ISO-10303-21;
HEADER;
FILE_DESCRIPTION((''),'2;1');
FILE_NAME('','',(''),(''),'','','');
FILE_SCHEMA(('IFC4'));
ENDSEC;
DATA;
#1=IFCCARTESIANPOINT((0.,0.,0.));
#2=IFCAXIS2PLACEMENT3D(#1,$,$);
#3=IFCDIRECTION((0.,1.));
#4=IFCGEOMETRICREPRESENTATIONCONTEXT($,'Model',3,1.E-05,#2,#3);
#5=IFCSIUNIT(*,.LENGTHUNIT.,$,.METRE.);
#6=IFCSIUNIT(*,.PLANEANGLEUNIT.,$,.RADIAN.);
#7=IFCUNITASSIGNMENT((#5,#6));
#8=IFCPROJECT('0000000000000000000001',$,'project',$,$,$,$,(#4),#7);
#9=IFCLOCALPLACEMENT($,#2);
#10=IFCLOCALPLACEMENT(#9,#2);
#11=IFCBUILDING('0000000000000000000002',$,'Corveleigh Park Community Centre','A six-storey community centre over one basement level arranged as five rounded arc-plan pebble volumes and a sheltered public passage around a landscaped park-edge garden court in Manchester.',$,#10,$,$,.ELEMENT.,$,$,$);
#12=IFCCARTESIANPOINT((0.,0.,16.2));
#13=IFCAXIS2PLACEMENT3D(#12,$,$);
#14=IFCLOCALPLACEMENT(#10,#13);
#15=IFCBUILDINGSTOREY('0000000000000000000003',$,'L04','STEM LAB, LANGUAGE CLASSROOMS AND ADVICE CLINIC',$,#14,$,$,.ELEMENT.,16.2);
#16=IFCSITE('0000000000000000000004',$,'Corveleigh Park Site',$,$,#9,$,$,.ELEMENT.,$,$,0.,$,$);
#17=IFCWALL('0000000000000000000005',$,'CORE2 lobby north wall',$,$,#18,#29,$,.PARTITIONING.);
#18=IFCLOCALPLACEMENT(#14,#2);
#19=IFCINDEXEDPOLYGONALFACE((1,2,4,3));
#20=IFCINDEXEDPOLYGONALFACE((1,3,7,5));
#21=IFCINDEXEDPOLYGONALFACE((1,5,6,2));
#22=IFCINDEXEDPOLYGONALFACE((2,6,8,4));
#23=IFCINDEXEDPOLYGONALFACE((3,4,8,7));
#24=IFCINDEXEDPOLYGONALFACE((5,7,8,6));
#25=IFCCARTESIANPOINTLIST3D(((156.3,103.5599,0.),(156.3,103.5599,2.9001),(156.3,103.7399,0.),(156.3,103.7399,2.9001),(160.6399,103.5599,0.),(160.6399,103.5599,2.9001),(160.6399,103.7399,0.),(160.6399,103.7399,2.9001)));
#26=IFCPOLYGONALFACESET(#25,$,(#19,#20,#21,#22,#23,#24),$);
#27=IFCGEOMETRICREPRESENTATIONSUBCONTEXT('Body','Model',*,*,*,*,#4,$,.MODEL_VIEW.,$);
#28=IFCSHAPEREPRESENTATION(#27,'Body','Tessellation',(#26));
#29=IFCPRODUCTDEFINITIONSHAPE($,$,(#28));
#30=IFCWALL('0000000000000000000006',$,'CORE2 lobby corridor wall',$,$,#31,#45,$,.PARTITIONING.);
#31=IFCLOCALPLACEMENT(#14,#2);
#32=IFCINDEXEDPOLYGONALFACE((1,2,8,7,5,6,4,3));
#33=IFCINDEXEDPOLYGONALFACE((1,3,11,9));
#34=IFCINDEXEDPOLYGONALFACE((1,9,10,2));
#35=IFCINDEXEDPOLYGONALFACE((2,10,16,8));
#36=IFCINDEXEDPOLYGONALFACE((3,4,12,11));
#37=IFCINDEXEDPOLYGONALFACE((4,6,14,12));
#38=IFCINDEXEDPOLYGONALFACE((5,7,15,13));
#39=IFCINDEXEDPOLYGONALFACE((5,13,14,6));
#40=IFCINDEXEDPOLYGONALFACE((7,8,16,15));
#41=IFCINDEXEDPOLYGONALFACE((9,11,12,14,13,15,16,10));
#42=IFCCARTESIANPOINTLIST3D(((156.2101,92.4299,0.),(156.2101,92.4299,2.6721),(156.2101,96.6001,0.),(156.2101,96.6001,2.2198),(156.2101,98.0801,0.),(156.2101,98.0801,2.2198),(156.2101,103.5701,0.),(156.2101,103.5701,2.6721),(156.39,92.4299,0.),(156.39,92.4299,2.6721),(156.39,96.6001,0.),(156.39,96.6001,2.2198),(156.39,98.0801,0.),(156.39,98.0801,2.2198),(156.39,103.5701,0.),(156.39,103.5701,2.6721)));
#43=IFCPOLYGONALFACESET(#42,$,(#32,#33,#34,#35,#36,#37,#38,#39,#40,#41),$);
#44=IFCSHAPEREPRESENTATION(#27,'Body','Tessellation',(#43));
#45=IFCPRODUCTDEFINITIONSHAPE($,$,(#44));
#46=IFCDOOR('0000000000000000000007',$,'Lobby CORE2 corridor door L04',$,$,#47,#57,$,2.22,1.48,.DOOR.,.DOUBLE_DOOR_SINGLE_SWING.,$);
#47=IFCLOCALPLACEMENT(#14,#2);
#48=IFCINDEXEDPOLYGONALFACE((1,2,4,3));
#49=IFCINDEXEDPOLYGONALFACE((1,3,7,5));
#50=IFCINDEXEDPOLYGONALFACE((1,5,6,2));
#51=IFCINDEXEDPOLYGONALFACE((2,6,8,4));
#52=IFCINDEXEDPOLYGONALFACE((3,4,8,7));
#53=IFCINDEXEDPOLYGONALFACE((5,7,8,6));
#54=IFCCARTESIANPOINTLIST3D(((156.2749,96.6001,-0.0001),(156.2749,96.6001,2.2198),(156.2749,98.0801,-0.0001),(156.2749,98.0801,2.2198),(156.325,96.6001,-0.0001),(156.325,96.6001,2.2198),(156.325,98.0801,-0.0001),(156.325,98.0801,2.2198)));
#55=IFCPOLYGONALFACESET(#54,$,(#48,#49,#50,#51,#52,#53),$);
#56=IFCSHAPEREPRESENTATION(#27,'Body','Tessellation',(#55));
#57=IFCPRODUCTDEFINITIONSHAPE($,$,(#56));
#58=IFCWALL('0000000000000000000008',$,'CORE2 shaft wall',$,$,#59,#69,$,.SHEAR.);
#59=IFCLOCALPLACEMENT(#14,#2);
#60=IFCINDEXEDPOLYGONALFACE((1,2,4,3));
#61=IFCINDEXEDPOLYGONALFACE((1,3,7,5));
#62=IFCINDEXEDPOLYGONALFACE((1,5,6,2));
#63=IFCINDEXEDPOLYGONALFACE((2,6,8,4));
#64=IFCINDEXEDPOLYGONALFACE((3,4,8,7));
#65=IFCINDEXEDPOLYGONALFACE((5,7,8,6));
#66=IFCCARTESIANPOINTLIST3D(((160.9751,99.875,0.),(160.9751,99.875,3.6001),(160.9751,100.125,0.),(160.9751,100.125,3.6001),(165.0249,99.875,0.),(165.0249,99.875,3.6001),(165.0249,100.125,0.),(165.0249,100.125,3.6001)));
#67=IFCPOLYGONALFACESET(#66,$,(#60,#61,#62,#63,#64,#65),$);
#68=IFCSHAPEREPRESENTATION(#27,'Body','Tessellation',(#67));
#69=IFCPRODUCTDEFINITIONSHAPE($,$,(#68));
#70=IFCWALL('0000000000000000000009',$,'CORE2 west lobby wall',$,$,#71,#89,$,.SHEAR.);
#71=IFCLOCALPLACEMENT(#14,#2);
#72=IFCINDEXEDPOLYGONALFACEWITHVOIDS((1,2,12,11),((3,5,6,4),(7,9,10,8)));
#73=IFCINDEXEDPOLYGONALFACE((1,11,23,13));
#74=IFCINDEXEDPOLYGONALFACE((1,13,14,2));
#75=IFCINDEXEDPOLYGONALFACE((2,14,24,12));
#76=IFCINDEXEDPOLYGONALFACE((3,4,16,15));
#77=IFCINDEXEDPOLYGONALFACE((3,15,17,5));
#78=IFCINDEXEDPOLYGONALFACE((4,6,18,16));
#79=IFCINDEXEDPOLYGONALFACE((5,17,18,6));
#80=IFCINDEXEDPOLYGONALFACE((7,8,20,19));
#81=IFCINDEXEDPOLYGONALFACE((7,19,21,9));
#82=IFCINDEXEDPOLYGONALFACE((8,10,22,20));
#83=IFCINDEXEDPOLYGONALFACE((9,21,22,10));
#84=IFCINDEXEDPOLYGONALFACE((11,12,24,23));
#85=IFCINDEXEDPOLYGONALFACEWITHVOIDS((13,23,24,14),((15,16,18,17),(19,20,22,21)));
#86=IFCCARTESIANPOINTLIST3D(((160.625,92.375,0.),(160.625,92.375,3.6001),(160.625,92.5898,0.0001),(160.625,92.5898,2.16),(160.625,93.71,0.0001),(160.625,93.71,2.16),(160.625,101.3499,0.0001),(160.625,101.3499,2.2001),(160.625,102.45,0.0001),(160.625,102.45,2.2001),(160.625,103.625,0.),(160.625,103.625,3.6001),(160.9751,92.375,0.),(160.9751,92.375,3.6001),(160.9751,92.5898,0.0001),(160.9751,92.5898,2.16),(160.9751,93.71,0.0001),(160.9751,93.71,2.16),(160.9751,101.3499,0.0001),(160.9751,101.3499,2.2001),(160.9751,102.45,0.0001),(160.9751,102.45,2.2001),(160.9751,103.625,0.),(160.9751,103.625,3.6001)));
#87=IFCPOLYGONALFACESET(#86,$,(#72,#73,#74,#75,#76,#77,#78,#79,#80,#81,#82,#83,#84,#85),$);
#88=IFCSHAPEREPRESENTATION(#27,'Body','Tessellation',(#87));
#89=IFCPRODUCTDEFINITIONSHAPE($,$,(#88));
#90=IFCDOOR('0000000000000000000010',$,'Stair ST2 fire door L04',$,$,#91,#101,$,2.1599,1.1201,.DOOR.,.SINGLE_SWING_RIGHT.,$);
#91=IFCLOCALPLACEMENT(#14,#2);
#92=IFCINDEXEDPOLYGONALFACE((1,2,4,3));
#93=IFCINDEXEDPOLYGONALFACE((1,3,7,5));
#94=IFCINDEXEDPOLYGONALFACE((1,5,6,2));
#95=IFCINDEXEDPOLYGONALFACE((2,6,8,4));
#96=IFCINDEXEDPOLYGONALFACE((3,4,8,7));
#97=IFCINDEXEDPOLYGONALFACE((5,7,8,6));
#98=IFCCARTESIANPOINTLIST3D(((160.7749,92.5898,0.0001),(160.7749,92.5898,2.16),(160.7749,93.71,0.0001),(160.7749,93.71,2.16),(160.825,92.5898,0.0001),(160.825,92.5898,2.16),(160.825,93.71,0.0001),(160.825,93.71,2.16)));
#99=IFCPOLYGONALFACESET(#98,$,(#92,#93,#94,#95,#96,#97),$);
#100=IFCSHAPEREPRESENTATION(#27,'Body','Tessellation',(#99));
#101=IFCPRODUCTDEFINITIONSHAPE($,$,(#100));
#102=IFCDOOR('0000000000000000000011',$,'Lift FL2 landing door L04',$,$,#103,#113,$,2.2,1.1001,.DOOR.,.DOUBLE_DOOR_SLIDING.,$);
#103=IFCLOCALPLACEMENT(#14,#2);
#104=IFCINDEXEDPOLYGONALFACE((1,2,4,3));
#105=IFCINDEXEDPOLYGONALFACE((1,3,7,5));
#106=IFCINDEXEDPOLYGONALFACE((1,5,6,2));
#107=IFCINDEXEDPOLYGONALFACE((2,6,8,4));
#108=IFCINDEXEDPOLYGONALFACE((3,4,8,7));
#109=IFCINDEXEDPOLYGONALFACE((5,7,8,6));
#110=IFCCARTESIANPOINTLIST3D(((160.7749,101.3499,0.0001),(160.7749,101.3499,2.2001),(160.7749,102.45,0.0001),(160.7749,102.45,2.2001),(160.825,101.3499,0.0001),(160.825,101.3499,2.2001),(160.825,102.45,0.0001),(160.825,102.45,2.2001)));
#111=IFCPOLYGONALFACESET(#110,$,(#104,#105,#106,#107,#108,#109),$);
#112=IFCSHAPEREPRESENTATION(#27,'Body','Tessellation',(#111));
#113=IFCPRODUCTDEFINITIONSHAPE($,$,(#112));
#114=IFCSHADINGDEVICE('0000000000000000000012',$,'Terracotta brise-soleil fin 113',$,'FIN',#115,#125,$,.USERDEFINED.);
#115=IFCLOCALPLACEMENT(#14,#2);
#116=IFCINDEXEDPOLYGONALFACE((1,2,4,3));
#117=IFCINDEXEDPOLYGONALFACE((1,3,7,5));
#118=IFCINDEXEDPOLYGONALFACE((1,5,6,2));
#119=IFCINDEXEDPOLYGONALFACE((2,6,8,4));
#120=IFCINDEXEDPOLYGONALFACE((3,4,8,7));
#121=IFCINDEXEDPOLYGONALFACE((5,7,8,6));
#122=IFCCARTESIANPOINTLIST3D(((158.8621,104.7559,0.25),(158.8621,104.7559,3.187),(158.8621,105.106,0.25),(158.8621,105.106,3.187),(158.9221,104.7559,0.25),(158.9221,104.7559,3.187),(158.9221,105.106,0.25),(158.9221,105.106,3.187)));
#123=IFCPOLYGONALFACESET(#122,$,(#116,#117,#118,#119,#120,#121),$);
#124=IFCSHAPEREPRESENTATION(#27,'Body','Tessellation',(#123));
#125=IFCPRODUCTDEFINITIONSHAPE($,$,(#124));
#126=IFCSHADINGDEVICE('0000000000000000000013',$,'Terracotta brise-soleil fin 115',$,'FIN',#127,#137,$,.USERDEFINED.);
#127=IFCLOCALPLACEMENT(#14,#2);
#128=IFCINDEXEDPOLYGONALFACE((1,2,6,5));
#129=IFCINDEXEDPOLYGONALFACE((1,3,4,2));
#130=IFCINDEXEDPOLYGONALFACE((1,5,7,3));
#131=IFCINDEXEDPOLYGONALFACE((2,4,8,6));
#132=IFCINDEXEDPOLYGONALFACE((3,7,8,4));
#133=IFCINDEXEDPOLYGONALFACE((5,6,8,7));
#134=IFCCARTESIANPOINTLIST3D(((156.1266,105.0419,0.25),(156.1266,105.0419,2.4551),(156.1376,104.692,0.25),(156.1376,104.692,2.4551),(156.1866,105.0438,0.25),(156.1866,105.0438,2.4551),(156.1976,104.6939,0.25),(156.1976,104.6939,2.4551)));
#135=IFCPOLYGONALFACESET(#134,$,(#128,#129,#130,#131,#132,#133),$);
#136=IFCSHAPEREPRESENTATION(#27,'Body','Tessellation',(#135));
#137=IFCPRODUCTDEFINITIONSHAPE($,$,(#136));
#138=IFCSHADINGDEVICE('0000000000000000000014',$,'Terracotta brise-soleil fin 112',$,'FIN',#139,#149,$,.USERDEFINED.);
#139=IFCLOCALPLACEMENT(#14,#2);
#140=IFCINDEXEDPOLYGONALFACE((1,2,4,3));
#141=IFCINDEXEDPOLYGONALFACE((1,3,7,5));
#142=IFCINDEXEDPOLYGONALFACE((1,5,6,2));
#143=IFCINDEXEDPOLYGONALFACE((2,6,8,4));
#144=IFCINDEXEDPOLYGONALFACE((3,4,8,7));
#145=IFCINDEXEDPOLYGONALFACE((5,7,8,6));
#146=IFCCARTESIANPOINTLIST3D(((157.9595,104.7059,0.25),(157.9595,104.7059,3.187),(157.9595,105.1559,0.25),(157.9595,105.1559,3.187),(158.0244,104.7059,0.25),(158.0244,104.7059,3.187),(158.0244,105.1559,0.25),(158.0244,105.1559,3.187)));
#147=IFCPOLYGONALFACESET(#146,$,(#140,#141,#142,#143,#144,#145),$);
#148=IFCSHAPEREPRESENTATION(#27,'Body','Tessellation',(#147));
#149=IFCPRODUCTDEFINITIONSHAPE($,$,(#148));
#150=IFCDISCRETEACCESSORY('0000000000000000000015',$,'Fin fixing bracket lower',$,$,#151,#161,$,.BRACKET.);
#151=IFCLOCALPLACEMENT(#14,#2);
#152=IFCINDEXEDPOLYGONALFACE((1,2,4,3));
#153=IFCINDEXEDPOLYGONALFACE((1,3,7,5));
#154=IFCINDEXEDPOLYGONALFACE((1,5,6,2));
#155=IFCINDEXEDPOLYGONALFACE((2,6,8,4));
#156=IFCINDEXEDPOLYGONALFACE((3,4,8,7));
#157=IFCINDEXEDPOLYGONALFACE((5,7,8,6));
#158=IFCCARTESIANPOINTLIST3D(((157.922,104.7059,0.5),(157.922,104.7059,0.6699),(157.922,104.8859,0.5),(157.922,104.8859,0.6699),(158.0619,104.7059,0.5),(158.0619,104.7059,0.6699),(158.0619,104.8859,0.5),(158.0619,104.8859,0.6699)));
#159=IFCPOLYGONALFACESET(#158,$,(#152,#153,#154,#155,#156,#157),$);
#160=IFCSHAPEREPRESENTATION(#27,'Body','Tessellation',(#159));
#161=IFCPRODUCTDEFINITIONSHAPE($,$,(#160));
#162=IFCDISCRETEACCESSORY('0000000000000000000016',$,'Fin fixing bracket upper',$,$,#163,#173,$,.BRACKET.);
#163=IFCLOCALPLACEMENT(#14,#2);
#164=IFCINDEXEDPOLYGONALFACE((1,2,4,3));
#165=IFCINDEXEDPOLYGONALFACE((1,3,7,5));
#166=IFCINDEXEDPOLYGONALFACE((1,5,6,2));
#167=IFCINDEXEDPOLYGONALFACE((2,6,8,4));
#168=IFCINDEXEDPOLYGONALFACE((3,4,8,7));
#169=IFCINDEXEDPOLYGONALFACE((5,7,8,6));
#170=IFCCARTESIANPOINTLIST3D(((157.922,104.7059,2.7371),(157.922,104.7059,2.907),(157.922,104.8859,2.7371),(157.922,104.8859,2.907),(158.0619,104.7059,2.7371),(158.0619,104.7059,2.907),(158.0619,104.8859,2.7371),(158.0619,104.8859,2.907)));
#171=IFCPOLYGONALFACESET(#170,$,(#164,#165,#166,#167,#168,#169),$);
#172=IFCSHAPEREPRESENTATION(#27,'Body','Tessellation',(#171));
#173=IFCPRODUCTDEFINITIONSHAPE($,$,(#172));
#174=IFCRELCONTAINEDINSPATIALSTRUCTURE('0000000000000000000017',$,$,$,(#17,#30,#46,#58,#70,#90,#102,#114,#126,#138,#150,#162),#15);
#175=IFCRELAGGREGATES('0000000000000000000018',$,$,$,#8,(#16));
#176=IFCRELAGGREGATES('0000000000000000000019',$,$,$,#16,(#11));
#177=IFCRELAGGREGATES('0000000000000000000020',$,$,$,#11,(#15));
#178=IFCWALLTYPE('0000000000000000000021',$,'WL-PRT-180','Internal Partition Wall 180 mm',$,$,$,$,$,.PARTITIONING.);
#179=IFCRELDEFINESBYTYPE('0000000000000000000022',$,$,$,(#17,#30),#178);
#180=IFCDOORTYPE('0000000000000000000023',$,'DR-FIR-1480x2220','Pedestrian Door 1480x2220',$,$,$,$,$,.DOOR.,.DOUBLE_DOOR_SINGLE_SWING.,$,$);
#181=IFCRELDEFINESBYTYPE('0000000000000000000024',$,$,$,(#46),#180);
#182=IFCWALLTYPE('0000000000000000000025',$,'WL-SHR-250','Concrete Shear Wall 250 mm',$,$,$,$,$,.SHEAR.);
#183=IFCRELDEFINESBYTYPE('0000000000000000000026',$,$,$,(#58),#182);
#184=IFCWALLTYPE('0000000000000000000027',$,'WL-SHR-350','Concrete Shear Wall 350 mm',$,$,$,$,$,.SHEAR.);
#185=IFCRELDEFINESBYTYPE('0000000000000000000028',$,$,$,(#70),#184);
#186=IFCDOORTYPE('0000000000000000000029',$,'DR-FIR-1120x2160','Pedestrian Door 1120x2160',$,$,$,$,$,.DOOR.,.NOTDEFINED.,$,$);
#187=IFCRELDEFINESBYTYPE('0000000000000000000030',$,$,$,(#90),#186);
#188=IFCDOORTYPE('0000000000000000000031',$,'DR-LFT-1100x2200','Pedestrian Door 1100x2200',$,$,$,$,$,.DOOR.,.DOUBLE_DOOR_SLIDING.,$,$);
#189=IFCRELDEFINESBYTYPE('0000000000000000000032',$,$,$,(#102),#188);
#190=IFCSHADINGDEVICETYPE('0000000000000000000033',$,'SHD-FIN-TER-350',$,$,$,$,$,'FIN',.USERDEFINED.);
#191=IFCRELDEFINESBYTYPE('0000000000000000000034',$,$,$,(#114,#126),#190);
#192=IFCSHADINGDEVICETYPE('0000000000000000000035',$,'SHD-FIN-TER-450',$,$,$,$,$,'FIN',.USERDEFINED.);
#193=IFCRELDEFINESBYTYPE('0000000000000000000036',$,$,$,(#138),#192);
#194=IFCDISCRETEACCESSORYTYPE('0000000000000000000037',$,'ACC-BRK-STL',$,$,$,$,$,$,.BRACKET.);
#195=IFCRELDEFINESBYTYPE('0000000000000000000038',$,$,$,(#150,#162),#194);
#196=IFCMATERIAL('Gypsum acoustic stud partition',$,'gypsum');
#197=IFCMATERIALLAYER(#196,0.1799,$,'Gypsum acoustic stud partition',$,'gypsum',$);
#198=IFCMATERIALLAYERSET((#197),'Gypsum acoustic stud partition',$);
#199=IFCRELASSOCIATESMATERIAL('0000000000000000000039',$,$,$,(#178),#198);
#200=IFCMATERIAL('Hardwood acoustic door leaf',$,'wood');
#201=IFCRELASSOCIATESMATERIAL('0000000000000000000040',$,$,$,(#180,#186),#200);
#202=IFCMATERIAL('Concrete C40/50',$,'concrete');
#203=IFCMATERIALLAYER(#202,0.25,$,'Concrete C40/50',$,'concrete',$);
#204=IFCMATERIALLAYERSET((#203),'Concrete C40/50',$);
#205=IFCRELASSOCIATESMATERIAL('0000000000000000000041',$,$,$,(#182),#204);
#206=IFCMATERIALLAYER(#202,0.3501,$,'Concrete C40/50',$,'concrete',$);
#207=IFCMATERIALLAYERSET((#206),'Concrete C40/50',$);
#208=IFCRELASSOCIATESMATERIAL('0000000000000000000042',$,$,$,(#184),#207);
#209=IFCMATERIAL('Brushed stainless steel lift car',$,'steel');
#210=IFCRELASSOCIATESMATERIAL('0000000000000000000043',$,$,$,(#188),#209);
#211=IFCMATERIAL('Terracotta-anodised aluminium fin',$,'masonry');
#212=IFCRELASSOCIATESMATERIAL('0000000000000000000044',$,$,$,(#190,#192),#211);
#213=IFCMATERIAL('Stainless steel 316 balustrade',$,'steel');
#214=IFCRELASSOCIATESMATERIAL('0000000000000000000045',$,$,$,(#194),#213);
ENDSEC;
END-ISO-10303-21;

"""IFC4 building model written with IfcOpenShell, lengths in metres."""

from ifc_helpers import new_model, si_unit, direction, frame, frame_2d, origin, origin_2d, place, context, subcontext, project, spatial, rectangle, extrude, material, layer, layer_set, type_object, element, fill, save


model = new_model("IFC4")

# Units and contexts
model_context = context("Model", 3, precision=1e-05, world=origin(), true_north=direction((0.0, 1.0)))
body_context = subcontext(model_context, "Body", "Model", "MODEL_VIEW")
ifc_project = project(units=[si_unit("LENGTHUNIT", "METRE"), si_unit("PLANEANGLEUNIT", "RADIAN")], contexts=[model_context])

# Site, building, storey
site_placement = place(None, origin())
site = spatial("IfcSite", under=ifc_project, at=site_placement, Name="Corveleigh Park Site", CompositionType="ELEMENT", RefElevation=0.0)
building_placement = place(site_placement, origin())
building = spatial("IfcBuilding", under=site, at=building_placement, Name="Corveleigh Park Community Centre", Description="A six-storey community centre over one basement level arranged as five rounded arc-plan pebble volumes and a sheltered public passage around a landscaped park-edge garden court in Manchester.", CompositionType="ELEMENT")
storey_placement = place(building_placement, frame((0.0, 0.0, 16.2)))
storey = spatial("IfcBuildingStorey", under=building, at=storey_placement, Name="L04", Description="STEM LAB, LANGUAGE CLASSROOMS AND ADVICE CLINIC", CompositionType="ELEMENT", Elevation=16.2)

# Shared definitions
ifc_material_1 = material(Name="Concrete C40/50", Category="concrete")

# Wall
ifc_material_2 = material(Name="Gypsum acoustic stud partition", Category="gypsum")
ifc_layer_1 = layer(ifc_material_2, 0.1799, Name="Gypsum acoustic stud partition", Category="gypsum")
ifc_layer_set_1 = layer_set([ifc_layer_1], Name="Gypsum acoustic stud partition")
wall_type_1 = type_object("IfcWallType", Name="WL-PRT-180", Description="Internal Partition Wall 180 mm", PredefinedType="PARTITIONING", material=ifc_layer_set_1)
wall_1_placement = place(storey_placement, frame((160.6399, 103.6499, 0.0), z_axis=(0.0, 0.0, 1.0), x_axis=(-1.0, 0.0, 0.0)))
element("IfcWall", 1, at=wall_1_placement, inside=storey, type_object=wall_type_1, Name="CORE2 lobby north wall", PredefinedType="PARTITIONING", context=body_context, shape_type="SweptSolid", body=[
    extrude(rectangle(XDim=4.3398, YDim=0.1799, at=frame_2d((2.1699, 0.0))), origin(), (0.0, 0.0, 1.0), 2.9001),
])

# Wall, opening, door
wall_2_placement = place(storey_placement, frame((156.3, 103.5701, 0.0), z_axis=(0.0, 0.0, 1.0), x_axis=(0.0, -1.0, 0.0)))
wall_2 = element("IfcWall", 2, at=wall_2_placement, inside=storey, type_object=wall_type_1, Name="CORE2 lobby corridor wall", PredefinedType="PARTITIONING", context=body_context, shape_type="SweptSolid", body=[
    extrude(rectangle(XDim=11.1401, YDim=0.1799, at=frame_2d((5.5701, 0.0))), origin(), (0.0, 0.0, 1.0), 2.6721),
])
opening_1_placement = place(wall_2_placement, frame((5.49, 0.0, 0.0)))
opening_1 = element("IfcOpeningElement", 3, at=opening_1_placement, cuts=wall_2, PredefinedType="OPENING", context=body_context, shape_type="SweptSolid", body=[
    extrude(rectangle(XDim=1.48, YDim=2.22, at=frame_2d((0.74, 1.1099))), frame((0.0, 0.0999, 0.0), z_axis=(0.0, -1.0, 0.0), x_axis=(1.0, 0.0, 0.0)), (0.0, 0.0, 1.0), 0.2),
])
ifc_material_3 = material(Name="Hardwood acoustic door leaf", Category="wood")
door_type_1 = type_object("IfcDoorType", Name="DR-FIR-1480x2220", Description="Pedestrian Door 1480x2220", OperationType="DOUBLE_DOOR_SINGLE_SWING", PredefinedType="DOOR", material=ifc_material_3)
door_1_placement = place(opening_1_placement, origin())
door_1 = element("IfcDoor", 4, at=door_1_placement, inside=storey, type_object=door_type_1, Name="Lobby CORE2 corridor door L04", OperationType="DOUBLE_DOOR_SINGLE_SWING", OverallHeight=2.22, OverallWidth=1.48, PredefinedType="DOOR", context=body_context, shape_type="SweptSolid", body=[
    extrude(rectangle(XDim=1.48, YDim=2.22, at=frame_2d((0.74, 1.1099))), frame((0.0, 0.0249, 0.0), z_axis=(0.0, -1.0, 0.0), x_axis=(1.0, 0.0, 0.0)), (0.0, 0.0, 1.0), 0.05),
])
fill(opening_1, door_1)

# Wall
ifc_layer_2 = layer(ifc_material_1, 0.25, Name="Concrete C40/50", Category="concrete")
ifc_layer_set_2 = layer_set([ifc_layer_2], Name="Concrete C40/50")
wall_type_2 = type_object("IfcWallType", Name="WL-SHR-250", Description="Concrete Shear Wall 250 mm", PredefinedType="SHEAR", material=ifc_layer_set_2)
wall_3_placement = place(storey_placement, frame((160.9751, 100.0, 0.0), z_axis=(0.0, 0.0, 1.0), x_axis=(1.0, 0.0, 0.0)))
element("IfcWall", 5, at=wall_3_placement, inside=storey, type_object=wall_type_2, Name="CORE2 shaft wall", PredefinedType="SHEAR", context=body_context, shape_type="SweptSolid", body=[
    extrude(rectangle(XDim=4.0498, YDim=0.25, at=frame_2d((2.0249, 0.0))), origin(), (0.0, 0.0, 1.0), 3.6001),
])

# Wall, openings, doors
ifc_layer_3 = layer(ifc_material_1, 0.3501, Name="Concrete C40/50", Category="concrete")
ifc_layer_set_3 = layer_set([ifc_layer_3], Name="Concrete C40/50")
wall_type_3 = type_object("IfcWallType", Name="WL-SHR-350", Description="Concrete Shear Wall 350 mm", PredefinedType="SHEAR", material=ifc_layer_set_3)
wall_4_placement = place(storey_placement, frame((160.8, 103.625, 0.0), z_axis=(0.0, 0.0, 1.0), x_axis=(0.0, -1.0, 0.0)))
wall_4 = element("IfcWall", 6, at=wall_4_placement, inside=storey, type_object=wall_type_3, Name="CORE2 west lobby wall", PredefinedType="SHEAR", context=body_context, shape_type="SweptSolid", body=[
    extrude(rectangle(XDim=11.25, YDim=0.3501, at=frame_2d((5.625, 0.0))), origin(), (0.0, 0.0, 1.0), 3.6001),
])
opening_2_placement = place(wall_4_placement, frame((1.175, 0.0, 0.0)))
opening_2 = element("IfcOpeningElement", 7, at=opening_2_placement, cuts=wall_4, PredefinedType="OPENING", context=body_context, shape_type="SweptSolid", body=[
    extrude(rectangle(XDim=1.1001, YDim=2.2, at=frame_2d((0.55, 1.1001))), frame((0.0, 0.1851, 0.0), z_axis=(0.0, -1.0, 0.0), x_axis=(1.0, 0.0, 0.0)), (0.0, 0.0, 1.0), 0.3701),
])
opening_3_placement = place(wall_4_placement, frame((9.915, 0.0, 0.0)))
opening_3 = element("IfcOpeningElement", 8, at=opening_3_placement, cuts=wall_4, PredefinedType="OPENING", context=body_context, shape_type="SweptSolid", body=[
    extrude(rectangle(XDim=1.1201, YDim=2.1599, at=frame_2d((0.5601, 1.0801))), frame((0.0, 0.1851, 0.0), z_axis=(0.0, -1.0, 0.0), x_axis=(1.0, 0.0, 0.0)), (0.0, 0.0, 1.0), 0.3701),
])
door_type_2 = type_object("IfcDoorType", Name="DR-FIR-1120x2160", Description="Pedestrian Door 1120x2160", OperationType="NOTDEFINED", PredefinedType="DOOR", material=ifc_material_3)
door_2_placement = place(opening_3_placement, origin())
door_2 = element("IfcDoor", 9, at=door_2_placement, inside=storey, type_object=door_type_2, Name="Stair ST2 fire door L04", OperationType="SINGLE_SWING_RIGHT", OverallHeight=2.1599, OverallWidth=1.1201, PredefinedType="DOOR", context=body_context, shape_type="SweptSolid", body=[
    extrude(rectangle(XDim=1.1201, YDim=2.1599, at=frame_2d((0.5601, 1.0801))), frame((0.0, 0.0249, 0.0), z_axis=(0.0, -1.0, 0.0), x_axis=(1.0, 0.0, 0.0)), (0.0, 0.0, 1.0), 0.05),
])
fill(opening_3, door_2)
ifc_material_4 = material(Name="Brushed stainless steel lift car", Category="steel")
door_type_3 = type_object("IfcDoorType", Name="DR-LFT-1100x2200", Description="Pedestrian Door 1100x2200", OperationType="DOUBLE_DOOR_SLIDING", PredefinedType="DOOR", material=ifc_material_4)
door_3_placement = place(opening_2_placement, origin())
door_3 = element("IfcDoor", 10, at=door_3_placement, inside=storey, type_object=door_type_3, Name="Lift FL2 landing door L04", OperationType="DOUBLE_DOOR_SLIDING", OverallHeight=2.2, OverallWidth=1.1001, PredefinedType="DOOR", context=body_context, shape_type="SweptSolid", body=[
    extrude(rectangle(XDim=1.1001, YDim=2.2, at=frame_2d((0.55, 1.1001))), frame((0.0, 0.0249, 0.0), z_axis=(0.0, -1.0, 0.0), x_axis=(1.0, 0.0, 0.0)), (0.0, 0.0, 1.0), 0.05),
])
fill(opening_2, door_3)

# Shading devices
ifc_material_5 = material(Name="Terracotta-anodised aluminium fin", Category="masonry")
shading_device_type_1 = type_object("IfcShadingDeviceType", Name="SHD-FIN-TER-350", ElementType="FIN", PredefinedType="USERDEFINED", material=ifc_material_5)
shading_device_1_placement = place(storey_placement, frame((158.8921, 104.9309, 0.25), z_axis=(0.0, 0.0, 1.0), x_axis=(0.0, 1.0, 0.0)))
element("IfcShadingDevice", 11, at=shading_device_1_placement, inside=storey, type_object=shading_device_type_1, Name="Terracotta brise-soleil fin 113", ObjectType="FIN", PredefinedType="USERDEFINED", context=body_context, shape_type="SweptSolid", body=[
    extrude(rectangle(XDim=0.3501, YDim=0.0601, at=origin_2d()), origin(), (0.0, 0.0, 1.0), 2.937),
])
shading_device_2_placement = place(storey_placement, frame((156.1621, 104.8679, 0.25), z_axis=(0.0, 0.0, 1.0), x_axis=(-0.031454, 0.999505, 0.0)))
element("IfcShadingDevice", 12, at=shading_device_2_placement, inside=storey, type_object=shading_device_type_1, Name="Terracotta brise-soleil fin 115", ObjectType="FIN", PredefinedType="USERDEFINED", context=body_context, shape_type="SweptSolid", body=[
    extrude(rectangle(XDim=0.3501, YDim=0.0601, at=origin_2d()), origin(), (0.0, 0.0, 1.0), 2.2051),
])
shading_device_type_2 = type_object("IfcShadingDeviceType", Name="SHD-FIN-TER-450", ElementType="FIN", PredefinedType="USERDEFINED", material=ifc_material_5)
shading_device_3_placement = place(storey_placement, frame((157.9919, 104.9309, 0.25), z_axis=(0.0, 0.0, 1.0), x_axis=(0.0, 1.0, 0.0)))
element("IfcShadingDevice", 13, at=shading_device_3_placement, inside=storey, type_object=shading_device_type_2, Name="Terracotta brise-soleil fin 112", ObjectType="FIN", PredefinedType="USERDEFINED", context=body_context, shape_type="SweptSolid", body=[
    extrude(rectangle(XDim=0.45, YDim=0.0649, at=origin_2d()), origin(), (0.0, 0.0, 1.0), 2.937),
])

# Discrete accessories
ifc_material_6 = material(Name="Stainless steel 316 balustrade", Category="steel")
discrete_accessory_type = type_object("IfcDiscreteAccessoryType", Name="ACC-BRK-STL", PredefinedType="BRACKET", material=ifc_material_6)
for number, where, z_axis, x_axis, name in (
    (14, (157.9919, 104.7959, 0.5), (0.0, 0.0, 1.0), (0.0, 1.0, 0.0), "Fin fixing bracket lower"),
    (15, (157.9919, 104.7959, 2.7371), (0.0, 0.0, 1.0), (0.0, 1.0, 0.0), "Fin fixing bracket upper"),
):
    element("IfcDiscreteAccessory", number, at=place(storey_placement, frame(where, z_axis=z_axis, x_axis=x_axis)), inside=storey, type_object=discrete_accessory_type, Name=name, PredefinedType="BRACKET", context=body_context, shape_type="SweptSolid", body=[
        extrude(rectangle(XDim=0.1799, YDim=0.1399, at=origin_2d()), origin(), (0.0, 0.0, 1.0), 0.1699),
    ])

save(model, "model.ifc")
